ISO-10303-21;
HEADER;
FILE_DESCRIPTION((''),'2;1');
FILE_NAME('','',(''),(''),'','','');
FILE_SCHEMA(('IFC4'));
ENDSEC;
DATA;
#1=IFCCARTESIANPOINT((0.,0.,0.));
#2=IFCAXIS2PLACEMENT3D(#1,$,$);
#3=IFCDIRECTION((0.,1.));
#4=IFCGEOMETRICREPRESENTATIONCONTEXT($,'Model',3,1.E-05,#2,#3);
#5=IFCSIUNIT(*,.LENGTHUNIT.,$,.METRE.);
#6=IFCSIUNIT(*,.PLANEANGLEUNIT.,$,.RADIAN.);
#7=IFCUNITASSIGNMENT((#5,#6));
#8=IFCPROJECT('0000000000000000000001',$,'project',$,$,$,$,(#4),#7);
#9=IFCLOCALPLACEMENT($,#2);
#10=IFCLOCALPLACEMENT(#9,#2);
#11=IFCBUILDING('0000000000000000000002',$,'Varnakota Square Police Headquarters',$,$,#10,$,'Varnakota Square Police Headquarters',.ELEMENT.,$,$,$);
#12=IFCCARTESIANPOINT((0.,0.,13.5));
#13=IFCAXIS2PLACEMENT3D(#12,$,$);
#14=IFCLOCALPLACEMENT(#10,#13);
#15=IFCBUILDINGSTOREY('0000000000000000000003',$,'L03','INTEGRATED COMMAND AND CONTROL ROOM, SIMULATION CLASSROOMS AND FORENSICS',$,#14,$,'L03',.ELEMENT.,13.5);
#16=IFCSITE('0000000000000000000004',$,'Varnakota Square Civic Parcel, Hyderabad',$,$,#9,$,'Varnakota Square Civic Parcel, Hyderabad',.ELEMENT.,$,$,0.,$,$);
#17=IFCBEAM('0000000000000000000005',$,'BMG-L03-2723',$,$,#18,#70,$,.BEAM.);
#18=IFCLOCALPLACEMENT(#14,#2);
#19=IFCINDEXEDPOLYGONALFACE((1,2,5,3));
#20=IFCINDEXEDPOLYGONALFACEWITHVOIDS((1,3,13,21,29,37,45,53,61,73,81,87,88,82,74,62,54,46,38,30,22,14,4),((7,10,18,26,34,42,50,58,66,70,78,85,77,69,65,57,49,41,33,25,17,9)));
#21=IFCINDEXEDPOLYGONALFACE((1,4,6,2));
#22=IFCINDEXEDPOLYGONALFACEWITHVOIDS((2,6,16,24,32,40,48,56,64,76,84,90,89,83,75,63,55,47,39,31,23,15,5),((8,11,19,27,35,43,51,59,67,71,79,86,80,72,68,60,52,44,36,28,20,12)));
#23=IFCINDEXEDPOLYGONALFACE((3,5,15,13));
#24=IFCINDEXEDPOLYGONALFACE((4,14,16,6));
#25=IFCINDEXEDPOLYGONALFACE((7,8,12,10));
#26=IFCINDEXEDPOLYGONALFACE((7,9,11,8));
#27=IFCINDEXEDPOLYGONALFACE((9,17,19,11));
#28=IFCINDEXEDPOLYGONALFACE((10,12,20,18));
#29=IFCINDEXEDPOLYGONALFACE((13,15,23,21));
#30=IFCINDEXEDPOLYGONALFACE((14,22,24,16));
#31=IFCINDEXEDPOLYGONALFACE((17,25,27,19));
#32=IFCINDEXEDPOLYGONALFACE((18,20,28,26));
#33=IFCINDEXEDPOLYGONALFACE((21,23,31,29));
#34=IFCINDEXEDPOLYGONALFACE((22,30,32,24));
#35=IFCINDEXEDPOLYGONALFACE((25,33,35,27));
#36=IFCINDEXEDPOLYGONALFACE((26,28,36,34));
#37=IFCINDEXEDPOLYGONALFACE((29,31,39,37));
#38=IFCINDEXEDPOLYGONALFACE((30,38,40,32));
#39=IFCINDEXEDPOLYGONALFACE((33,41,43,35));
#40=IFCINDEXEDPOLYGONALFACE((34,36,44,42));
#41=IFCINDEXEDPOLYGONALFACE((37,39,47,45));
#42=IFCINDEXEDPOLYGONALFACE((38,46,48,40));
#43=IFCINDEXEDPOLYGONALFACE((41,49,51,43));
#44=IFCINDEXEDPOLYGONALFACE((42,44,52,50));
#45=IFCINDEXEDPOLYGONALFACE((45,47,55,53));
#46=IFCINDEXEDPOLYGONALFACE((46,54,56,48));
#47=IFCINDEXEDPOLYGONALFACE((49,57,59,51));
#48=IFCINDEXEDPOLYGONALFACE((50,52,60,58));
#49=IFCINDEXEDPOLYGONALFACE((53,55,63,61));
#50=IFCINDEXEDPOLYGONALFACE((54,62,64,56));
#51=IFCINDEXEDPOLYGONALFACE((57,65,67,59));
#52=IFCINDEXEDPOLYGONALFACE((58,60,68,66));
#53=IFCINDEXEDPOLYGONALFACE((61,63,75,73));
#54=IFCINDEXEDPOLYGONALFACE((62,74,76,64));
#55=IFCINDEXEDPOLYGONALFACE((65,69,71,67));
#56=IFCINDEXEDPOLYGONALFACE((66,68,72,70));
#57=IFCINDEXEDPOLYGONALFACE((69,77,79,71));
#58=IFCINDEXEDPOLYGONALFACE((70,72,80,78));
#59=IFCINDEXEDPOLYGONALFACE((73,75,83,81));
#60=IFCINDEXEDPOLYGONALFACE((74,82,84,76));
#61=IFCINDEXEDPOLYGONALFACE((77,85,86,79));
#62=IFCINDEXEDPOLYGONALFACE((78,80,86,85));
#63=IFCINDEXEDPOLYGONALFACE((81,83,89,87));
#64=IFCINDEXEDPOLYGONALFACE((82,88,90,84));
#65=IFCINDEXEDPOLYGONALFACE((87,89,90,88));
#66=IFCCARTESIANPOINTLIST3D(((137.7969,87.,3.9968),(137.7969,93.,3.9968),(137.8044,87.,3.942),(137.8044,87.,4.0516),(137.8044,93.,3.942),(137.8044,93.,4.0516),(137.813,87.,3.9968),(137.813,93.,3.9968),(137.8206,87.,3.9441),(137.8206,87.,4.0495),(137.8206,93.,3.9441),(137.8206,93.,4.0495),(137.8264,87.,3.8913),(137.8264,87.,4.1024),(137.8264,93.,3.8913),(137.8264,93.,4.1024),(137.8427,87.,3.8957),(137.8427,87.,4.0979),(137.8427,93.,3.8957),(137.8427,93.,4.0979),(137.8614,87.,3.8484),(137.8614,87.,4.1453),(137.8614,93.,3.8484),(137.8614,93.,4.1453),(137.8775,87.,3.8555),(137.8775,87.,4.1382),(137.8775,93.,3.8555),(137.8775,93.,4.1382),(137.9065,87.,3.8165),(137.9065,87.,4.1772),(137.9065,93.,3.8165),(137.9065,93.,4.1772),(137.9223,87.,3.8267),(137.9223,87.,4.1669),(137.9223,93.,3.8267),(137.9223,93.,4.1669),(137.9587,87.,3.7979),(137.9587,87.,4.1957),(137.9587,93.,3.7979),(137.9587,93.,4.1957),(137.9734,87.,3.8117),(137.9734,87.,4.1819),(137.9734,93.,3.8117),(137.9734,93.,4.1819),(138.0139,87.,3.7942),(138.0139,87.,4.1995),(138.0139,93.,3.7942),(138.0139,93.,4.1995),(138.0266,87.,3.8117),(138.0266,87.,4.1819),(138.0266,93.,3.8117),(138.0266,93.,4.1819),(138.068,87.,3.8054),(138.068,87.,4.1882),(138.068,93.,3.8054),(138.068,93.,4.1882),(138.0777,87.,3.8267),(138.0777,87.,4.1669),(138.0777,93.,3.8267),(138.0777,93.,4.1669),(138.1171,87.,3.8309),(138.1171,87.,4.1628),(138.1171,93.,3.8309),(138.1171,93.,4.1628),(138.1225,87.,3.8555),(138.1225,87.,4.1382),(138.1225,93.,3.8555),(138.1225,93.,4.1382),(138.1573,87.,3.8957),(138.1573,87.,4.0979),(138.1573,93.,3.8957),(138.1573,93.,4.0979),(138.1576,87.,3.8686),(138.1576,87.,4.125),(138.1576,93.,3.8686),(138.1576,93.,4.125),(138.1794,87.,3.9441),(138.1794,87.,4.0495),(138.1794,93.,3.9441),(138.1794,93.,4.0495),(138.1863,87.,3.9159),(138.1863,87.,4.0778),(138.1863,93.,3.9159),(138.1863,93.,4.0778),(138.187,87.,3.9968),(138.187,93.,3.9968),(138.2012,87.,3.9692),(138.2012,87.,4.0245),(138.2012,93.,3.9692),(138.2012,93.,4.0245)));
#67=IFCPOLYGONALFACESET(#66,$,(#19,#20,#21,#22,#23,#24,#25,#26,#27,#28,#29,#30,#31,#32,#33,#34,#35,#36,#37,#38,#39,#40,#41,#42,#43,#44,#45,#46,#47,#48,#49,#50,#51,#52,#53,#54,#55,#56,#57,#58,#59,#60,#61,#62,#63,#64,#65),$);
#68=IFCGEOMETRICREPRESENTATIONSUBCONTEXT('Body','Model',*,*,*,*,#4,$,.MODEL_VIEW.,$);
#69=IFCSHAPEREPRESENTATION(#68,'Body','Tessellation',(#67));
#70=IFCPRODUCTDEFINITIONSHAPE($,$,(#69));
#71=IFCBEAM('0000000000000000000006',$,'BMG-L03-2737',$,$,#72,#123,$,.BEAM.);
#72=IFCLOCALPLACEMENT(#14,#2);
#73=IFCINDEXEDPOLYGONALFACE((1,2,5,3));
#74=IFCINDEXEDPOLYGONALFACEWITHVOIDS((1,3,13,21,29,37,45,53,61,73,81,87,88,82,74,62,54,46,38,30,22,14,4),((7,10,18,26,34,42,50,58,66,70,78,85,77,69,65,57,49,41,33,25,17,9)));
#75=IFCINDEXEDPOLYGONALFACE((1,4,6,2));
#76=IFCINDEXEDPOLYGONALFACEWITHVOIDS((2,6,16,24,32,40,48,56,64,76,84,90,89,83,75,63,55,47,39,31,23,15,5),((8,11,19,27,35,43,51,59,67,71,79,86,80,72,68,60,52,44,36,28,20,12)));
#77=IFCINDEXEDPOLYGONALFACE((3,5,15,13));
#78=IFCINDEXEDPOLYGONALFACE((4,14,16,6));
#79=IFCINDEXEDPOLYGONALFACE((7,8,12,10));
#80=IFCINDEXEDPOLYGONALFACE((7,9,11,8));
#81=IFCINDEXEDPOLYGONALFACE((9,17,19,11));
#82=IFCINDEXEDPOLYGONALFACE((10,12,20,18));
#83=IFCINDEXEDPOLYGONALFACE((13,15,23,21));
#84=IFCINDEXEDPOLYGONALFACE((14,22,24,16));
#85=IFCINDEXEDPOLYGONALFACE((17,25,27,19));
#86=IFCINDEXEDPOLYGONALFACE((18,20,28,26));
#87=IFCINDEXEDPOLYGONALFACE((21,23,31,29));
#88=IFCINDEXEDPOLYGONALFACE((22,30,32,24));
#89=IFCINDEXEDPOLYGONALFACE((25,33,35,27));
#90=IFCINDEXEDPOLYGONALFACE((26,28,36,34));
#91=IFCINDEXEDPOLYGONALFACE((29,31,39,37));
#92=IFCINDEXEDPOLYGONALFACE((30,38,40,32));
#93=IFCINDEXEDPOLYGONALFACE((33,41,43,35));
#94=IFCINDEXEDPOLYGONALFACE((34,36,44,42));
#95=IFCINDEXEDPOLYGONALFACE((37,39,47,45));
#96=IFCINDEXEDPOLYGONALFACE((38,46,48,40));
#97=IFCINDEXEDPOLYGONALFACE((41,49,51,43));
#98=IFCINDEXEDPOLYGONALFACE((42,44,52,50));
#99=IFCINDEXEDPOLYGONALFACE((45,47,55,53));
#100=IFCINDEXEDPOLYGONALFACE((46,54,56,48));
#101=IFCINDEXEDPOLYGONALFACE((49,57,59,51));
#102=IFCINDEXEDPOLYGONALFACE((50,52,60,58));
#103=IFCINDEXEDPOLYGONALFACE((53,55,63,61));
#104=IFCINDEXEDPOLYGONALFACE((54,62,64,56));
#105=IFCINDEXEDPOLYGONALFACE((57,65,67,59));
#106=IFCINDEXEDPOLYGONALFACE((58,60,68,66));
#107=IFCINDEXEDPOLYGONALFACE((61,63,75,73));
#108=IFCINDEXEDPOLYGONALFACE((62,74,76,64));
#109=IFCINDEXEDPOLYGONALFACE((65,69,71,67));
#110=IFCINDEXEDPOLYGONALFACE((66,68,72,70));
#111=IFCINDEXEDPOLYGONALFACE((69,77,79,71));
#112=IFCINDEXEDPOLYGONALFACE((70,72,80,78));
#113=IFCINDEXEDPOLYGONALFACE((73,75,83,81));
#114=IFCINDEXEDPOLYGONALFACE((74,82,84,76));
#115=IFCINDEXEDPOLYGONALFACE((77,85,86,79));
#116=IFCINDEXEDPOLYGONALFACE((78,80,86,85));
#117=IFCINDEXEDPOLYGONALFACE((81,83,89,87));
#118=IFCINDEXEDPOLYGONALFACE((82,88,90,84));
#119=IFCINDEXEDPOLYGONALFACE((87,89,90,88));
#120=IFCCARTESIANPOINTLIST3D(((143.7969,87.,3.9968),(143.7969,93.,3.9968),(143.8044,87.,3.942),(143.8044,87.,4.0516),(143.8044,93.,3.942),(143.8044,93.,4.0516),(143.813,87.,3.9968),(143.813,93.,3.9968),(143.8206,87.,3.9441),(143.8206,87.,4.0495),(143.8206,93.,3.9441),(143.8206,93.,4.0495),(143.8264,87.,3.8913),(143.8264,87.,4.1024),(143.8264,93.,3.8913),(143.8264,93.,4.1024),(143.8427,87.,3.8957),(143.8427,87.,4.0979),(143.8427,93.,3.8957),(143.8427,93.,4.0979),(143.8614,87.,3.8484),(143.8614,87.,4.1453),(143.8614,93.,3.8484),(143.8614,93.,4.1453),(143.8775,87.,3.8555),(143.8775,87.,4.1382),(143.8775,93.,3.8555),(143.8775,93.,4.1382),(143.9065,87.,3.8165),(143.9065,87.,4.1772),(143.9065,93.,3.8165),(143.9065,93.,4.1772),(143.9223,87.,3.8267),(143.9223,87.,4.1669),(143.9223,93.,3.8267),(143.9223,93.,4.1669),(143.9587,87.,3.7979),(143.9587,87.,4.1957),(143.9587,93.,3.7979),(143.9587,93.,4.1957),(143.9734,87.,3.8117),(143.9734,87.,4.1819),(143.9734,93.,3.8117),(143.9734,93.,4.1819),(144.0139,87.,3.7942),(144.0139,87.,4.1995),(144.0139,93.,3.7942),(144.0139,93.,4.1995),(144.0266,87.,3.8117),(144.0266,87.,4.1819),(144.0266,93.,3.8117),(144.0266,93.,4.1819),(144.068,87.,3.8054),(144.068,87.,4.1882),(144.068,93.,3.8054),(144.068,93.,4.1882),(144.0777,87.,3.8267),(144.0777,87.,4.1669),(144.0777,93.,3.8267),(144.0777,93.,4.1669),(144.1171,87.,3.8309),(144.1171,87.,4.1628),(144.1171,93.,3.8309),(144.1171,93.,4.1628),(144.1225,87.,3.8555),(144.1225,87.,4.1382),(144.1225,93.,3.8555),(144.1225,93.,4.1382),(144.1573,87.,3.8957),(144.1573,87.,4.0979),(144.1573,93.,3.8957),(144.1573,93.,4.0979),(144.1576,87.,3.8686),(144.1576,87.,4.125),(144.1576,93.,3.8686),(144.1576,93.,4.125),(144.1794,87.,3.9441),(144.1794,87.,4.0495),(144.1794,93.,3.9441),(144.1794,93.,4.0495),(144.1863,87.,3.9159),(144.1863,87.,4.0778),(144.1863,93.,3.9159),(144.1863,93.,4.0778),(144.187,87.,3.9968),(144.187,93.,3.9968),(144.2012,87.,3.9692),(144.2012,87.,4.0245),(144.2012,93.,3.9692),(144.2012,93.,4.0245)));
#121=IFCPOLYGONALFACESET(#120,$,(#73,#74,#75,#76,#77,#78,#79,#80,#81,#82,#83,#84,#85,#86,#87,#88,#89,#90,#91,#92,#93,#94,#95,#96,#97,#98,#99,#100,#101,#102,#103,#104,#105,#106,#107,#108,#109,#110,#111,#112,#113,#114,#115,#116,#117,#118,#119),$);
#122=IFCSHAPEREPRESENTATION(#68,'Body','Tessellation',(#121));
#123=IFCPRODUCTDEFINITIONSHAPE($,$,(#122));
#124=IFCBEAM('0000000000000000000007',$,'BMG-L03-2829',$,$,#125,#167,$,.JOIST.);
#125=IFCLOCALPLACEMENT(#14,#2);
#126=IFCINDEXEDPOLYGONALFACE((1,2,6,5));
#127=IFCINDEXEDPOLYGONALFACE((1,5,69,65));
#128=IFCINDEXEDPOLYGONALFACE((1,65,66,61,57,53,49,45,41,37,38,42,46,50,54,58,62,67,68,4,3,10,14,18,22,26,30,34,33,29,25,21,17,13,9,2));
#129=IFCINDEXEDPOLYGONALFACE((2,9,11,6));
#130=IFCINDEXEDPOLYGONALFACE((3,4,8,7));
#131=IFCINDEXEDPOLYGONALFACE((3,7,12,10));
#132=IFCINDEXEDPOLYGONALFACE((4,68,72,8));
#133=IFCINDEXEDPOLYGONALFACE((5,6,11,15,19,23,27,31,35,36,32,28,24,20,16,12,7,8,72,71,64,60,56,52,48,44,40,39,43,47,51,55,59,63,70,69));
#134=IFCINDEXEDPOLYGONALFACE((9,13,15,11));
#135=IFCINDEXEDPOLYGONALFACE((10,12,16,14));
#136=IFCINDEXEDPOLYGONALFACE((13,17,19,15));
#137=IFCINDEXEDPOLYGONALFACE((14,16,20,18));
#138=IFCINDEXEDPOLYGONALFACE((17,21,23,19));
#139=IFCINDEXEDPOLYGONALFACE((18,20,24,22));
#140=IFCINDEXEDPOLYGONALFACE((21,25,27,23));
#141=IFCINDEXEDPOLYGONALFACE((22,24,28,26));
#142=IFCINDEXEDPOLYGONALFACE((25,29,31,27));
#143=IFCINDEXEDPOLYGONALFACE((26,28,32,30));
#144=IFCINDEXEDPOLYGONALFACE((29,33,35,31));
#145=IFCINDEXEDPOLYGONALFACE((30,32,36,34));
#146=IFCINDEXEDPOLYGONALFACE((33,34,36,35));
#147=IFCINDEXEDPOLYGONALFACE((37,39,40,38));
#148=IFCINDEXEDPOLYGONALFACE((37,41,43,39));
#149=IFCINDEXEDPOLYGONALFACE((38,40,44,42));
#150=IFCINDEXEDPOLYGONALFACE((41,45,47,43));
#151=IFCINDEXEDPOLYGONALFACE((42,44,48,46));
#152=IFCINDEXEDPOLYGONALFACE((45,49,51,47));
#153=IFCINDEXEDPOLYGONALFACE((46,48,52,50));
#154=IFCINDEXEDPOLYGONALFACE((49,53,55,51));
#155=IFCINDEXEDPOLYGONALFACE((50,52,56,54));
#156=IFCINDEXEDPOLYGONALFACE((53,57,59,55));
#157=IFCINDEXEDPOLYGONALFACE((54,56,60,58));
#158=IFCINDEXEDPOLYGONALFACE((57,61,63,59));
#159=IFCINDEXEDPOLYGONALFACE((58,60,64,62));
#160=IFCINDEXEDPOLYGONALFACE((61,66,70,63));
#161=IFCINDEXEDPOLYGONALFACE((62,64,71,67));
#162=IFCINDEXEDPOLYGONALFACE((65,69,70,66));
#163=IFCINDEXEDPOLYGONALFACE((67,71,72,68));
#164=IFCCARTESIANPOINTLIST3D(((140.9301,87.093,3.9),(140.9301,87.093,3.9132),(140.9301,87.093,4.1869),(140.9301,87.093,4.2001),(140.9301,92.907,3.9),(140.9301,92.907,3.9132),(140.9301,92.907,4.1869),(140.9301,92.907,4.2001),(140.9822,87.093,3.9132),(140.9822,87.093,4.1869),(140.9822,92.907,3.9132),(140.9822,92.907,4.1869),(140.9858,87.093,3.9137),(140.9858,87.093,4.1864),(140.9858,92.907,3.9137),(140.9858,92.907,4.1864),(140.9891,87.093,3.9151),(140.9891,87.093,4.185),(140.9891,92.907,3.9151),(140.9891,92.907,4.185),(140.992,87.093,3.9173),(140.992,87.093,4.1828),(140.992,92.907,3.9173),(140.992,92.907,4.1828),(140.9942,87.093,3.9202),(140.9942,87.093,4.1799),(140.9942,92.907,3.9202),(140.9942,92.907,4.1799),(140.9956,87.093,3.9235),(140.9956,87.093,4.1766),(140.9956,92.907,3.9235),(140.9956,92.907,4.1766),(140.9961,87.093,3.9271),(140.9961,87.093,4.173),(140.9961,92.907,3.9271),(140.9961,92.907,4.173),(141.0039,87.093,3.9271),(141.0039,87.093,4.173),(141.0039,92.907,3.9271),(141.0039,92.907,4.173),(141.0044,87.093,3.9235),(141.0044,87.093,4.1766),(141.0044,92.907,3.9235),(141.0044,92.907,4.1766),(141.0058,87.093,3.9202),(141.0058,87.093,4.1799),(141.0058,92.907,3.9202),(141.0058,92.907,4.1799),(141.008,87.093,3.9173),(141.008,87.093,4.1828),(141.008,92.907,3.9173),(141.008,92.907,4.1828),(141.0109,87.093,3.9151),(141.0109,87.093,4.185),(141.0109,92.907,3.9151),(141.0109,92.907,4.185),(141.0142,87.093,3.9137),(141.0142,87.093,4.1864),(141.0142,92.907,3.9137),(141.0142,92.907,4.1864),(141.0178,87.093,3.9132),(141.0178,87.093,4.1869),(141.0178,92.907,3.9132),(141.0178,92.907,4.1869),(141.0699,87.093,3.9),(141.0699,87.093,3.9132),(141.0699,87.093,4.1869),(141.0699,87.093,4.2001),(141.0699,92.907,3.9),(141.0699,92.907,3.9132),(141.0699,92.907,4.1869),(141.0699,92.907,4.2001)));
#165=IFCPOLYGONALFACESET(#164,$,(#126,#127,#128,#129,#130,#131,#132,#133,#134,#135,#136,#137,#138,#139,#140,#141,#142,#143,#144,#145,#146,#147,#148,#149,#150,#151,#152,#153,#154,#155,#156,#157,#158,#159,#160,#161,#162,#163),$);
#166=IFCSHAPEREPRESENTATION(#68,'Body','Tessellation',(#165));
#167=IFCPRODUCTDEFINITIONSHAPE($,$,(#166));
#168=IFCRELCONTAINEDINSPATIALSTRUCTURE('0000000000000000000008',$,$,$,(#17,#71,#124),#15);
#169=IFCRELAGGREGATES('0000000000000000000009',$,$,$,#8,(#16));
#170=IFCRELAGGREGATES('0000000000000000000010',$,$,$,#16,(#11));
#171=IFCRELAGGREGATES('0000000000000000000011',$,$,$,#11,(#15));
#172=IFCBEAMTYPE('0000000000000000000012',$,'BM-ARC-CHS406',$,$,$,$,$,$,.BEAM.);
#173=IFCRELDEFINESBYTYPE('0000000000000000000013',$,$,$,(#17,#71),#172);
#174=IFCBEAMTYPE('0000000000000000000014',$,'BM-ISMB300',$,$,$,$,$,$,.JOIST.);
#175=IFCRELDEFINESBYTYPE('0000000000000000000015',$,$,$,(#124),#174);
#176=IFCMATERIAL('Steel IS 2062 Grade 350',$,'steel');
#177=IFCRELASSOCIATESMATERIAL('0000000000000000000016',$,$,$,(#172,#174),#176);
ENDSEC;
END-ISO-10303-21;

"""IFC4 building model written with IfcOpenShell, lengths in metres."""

from ifc_helpers import new_model, si_unit, direction, frame, origin, origin_2d, place, context, subcontext, project, spatial, hollow_circle, i_section, extrude, material, material_profile, profile_set, type_object, element, save


model = new_model("IFC4")

# Units and contexts
model_context = context("Model", 3, precision=1e-05, world=origin(), true_north=direction((0.0, 1.0)))
body_context = subcontext(model_context, "Body", "Model", "MODEL_VIEW")
ifc_project = project(units=[si_unit("LENGTHUNIT", "METRE"), si_unit("PLANEANGLEUNIT", "RADIAN")], contexts=[model_context])

# Site, building, storey
site_placement = place(None, origin())
site = spatial("IfcSite", under=ifc_project, at=site_placement, Name="Varnakota Square Civic Parcel, Hyderabad", LongName="Varnakota Square Civic Parcel, Hyderabad", CompositionType="ELEMENT", RefElevation=0.0)
building_placement = place(site_placement, origin())
building = spatial("IfcBuilding", under=site, at=building_placement, Name="Varnakota Square Police Headquarters", LongName="Varnakota Square Police Headquarters", CompositionType="ELEMENT")
storey_placement = place(building_placement, frame((0.0, 0.0, 13.5)))
storey = spatial("IfcBuildingStorey", under=building, at=storey_placement, Name="L03", Description="INTEGRATED COMMAND AND CONTROL ROOM, SIMULATION CLASSROOMS AND FORENSICS", LongName="L03", CompositionType="ELEMENT", Elevation=13.5)

# Shared definitions
ifc_material_1 = material(Name="Steel IS 2062 Grade 350", Category="steel")

# Beams
ifc_material_profile_1 = material_profile(ifc_material_1, hollow_circle(Radius=0.2031, WallThickness=0.0161, at=origin_2d()), Name="CHS 406.4x16.0")
ifc_profile_set_1 = profile_set([ifc_material_profile_1], Name="Steel IS 2062 Grade 350")
beam_type_1 = type_object("IfcBeamType", Name="BM-ARC-CHS406", PredefinedType="BEAM", material=ifc_profile_set_1)
for number, where, z_axis, x_axis, name in (
    (1, (138.0, 87.0, 3.9968), (0.0, 1.0, 0.0), (-1.0, 0.0, 0.0), "BMG-L03-2723"),
    (2, (144.0, 87.0, 3.9968), (0.0, 1.0, 0.0), (-1.0, 0.0, 0.0), "BMG-L03-2737"),
):
    element("IfcBeam", number, at=place(storey_placement, frame(where, z_axis=z_axis, x_axis=x_axis)), inside=storey, type_object=beam_type_1, Name=name, PredefinedType="BEAM", context=body_context, shape_type="SweptSolid", body=[
        extrude(hollow_circle(Radius=0.2031, WallThickness=0.0161, at=origin_2d()), origin(), (0.0, 0.0, 1.0), 6.0),
    ])
ifc_material_profile_2 = material_profile(ifc_material_1, i_section(OverallWidth=0.1399, OverallDepth=0.3, WebThickness=0.0078, FlangeThickness=0.0132, FilletRadius=0.0139, at=origin_2d()), Name="ISMB 300")
ifc_profile_set_2 = profile_set([ifc_material_profile_2], Name="Steel IS 2062 Grade 350")
beam_type_2 = type_object("IfcBeamType", Name="BM-ISMB300", PredefinedType="JOIST", material=ifc_profile_set_2)
beam_1_placement = place(storey_placement, frame((141.0, 87.093, 4.05), z_axis=(0.0, 1.0, 0.0), x_axis=(-1.0, 0.0, 0.0)))
element("IfcBeam", 3, at=beam_1_placement, inside=storey, type_object=beam_type_2, Name="BMG-L03-2829", PredefinedType="JOIST", context=body_context, shape_type="SweptSolid", body=[
    extrude(i_section(OverallWidth=0.1399, OverallDepth=0.3, WebThickness=0.0078, FlangeThickness=0.0132, FilletRadius=0.0139, at=origin_2d()), origin(), (0.0, 0.0, 1.0), 5.814),
])

save(model, "model.ifc")
